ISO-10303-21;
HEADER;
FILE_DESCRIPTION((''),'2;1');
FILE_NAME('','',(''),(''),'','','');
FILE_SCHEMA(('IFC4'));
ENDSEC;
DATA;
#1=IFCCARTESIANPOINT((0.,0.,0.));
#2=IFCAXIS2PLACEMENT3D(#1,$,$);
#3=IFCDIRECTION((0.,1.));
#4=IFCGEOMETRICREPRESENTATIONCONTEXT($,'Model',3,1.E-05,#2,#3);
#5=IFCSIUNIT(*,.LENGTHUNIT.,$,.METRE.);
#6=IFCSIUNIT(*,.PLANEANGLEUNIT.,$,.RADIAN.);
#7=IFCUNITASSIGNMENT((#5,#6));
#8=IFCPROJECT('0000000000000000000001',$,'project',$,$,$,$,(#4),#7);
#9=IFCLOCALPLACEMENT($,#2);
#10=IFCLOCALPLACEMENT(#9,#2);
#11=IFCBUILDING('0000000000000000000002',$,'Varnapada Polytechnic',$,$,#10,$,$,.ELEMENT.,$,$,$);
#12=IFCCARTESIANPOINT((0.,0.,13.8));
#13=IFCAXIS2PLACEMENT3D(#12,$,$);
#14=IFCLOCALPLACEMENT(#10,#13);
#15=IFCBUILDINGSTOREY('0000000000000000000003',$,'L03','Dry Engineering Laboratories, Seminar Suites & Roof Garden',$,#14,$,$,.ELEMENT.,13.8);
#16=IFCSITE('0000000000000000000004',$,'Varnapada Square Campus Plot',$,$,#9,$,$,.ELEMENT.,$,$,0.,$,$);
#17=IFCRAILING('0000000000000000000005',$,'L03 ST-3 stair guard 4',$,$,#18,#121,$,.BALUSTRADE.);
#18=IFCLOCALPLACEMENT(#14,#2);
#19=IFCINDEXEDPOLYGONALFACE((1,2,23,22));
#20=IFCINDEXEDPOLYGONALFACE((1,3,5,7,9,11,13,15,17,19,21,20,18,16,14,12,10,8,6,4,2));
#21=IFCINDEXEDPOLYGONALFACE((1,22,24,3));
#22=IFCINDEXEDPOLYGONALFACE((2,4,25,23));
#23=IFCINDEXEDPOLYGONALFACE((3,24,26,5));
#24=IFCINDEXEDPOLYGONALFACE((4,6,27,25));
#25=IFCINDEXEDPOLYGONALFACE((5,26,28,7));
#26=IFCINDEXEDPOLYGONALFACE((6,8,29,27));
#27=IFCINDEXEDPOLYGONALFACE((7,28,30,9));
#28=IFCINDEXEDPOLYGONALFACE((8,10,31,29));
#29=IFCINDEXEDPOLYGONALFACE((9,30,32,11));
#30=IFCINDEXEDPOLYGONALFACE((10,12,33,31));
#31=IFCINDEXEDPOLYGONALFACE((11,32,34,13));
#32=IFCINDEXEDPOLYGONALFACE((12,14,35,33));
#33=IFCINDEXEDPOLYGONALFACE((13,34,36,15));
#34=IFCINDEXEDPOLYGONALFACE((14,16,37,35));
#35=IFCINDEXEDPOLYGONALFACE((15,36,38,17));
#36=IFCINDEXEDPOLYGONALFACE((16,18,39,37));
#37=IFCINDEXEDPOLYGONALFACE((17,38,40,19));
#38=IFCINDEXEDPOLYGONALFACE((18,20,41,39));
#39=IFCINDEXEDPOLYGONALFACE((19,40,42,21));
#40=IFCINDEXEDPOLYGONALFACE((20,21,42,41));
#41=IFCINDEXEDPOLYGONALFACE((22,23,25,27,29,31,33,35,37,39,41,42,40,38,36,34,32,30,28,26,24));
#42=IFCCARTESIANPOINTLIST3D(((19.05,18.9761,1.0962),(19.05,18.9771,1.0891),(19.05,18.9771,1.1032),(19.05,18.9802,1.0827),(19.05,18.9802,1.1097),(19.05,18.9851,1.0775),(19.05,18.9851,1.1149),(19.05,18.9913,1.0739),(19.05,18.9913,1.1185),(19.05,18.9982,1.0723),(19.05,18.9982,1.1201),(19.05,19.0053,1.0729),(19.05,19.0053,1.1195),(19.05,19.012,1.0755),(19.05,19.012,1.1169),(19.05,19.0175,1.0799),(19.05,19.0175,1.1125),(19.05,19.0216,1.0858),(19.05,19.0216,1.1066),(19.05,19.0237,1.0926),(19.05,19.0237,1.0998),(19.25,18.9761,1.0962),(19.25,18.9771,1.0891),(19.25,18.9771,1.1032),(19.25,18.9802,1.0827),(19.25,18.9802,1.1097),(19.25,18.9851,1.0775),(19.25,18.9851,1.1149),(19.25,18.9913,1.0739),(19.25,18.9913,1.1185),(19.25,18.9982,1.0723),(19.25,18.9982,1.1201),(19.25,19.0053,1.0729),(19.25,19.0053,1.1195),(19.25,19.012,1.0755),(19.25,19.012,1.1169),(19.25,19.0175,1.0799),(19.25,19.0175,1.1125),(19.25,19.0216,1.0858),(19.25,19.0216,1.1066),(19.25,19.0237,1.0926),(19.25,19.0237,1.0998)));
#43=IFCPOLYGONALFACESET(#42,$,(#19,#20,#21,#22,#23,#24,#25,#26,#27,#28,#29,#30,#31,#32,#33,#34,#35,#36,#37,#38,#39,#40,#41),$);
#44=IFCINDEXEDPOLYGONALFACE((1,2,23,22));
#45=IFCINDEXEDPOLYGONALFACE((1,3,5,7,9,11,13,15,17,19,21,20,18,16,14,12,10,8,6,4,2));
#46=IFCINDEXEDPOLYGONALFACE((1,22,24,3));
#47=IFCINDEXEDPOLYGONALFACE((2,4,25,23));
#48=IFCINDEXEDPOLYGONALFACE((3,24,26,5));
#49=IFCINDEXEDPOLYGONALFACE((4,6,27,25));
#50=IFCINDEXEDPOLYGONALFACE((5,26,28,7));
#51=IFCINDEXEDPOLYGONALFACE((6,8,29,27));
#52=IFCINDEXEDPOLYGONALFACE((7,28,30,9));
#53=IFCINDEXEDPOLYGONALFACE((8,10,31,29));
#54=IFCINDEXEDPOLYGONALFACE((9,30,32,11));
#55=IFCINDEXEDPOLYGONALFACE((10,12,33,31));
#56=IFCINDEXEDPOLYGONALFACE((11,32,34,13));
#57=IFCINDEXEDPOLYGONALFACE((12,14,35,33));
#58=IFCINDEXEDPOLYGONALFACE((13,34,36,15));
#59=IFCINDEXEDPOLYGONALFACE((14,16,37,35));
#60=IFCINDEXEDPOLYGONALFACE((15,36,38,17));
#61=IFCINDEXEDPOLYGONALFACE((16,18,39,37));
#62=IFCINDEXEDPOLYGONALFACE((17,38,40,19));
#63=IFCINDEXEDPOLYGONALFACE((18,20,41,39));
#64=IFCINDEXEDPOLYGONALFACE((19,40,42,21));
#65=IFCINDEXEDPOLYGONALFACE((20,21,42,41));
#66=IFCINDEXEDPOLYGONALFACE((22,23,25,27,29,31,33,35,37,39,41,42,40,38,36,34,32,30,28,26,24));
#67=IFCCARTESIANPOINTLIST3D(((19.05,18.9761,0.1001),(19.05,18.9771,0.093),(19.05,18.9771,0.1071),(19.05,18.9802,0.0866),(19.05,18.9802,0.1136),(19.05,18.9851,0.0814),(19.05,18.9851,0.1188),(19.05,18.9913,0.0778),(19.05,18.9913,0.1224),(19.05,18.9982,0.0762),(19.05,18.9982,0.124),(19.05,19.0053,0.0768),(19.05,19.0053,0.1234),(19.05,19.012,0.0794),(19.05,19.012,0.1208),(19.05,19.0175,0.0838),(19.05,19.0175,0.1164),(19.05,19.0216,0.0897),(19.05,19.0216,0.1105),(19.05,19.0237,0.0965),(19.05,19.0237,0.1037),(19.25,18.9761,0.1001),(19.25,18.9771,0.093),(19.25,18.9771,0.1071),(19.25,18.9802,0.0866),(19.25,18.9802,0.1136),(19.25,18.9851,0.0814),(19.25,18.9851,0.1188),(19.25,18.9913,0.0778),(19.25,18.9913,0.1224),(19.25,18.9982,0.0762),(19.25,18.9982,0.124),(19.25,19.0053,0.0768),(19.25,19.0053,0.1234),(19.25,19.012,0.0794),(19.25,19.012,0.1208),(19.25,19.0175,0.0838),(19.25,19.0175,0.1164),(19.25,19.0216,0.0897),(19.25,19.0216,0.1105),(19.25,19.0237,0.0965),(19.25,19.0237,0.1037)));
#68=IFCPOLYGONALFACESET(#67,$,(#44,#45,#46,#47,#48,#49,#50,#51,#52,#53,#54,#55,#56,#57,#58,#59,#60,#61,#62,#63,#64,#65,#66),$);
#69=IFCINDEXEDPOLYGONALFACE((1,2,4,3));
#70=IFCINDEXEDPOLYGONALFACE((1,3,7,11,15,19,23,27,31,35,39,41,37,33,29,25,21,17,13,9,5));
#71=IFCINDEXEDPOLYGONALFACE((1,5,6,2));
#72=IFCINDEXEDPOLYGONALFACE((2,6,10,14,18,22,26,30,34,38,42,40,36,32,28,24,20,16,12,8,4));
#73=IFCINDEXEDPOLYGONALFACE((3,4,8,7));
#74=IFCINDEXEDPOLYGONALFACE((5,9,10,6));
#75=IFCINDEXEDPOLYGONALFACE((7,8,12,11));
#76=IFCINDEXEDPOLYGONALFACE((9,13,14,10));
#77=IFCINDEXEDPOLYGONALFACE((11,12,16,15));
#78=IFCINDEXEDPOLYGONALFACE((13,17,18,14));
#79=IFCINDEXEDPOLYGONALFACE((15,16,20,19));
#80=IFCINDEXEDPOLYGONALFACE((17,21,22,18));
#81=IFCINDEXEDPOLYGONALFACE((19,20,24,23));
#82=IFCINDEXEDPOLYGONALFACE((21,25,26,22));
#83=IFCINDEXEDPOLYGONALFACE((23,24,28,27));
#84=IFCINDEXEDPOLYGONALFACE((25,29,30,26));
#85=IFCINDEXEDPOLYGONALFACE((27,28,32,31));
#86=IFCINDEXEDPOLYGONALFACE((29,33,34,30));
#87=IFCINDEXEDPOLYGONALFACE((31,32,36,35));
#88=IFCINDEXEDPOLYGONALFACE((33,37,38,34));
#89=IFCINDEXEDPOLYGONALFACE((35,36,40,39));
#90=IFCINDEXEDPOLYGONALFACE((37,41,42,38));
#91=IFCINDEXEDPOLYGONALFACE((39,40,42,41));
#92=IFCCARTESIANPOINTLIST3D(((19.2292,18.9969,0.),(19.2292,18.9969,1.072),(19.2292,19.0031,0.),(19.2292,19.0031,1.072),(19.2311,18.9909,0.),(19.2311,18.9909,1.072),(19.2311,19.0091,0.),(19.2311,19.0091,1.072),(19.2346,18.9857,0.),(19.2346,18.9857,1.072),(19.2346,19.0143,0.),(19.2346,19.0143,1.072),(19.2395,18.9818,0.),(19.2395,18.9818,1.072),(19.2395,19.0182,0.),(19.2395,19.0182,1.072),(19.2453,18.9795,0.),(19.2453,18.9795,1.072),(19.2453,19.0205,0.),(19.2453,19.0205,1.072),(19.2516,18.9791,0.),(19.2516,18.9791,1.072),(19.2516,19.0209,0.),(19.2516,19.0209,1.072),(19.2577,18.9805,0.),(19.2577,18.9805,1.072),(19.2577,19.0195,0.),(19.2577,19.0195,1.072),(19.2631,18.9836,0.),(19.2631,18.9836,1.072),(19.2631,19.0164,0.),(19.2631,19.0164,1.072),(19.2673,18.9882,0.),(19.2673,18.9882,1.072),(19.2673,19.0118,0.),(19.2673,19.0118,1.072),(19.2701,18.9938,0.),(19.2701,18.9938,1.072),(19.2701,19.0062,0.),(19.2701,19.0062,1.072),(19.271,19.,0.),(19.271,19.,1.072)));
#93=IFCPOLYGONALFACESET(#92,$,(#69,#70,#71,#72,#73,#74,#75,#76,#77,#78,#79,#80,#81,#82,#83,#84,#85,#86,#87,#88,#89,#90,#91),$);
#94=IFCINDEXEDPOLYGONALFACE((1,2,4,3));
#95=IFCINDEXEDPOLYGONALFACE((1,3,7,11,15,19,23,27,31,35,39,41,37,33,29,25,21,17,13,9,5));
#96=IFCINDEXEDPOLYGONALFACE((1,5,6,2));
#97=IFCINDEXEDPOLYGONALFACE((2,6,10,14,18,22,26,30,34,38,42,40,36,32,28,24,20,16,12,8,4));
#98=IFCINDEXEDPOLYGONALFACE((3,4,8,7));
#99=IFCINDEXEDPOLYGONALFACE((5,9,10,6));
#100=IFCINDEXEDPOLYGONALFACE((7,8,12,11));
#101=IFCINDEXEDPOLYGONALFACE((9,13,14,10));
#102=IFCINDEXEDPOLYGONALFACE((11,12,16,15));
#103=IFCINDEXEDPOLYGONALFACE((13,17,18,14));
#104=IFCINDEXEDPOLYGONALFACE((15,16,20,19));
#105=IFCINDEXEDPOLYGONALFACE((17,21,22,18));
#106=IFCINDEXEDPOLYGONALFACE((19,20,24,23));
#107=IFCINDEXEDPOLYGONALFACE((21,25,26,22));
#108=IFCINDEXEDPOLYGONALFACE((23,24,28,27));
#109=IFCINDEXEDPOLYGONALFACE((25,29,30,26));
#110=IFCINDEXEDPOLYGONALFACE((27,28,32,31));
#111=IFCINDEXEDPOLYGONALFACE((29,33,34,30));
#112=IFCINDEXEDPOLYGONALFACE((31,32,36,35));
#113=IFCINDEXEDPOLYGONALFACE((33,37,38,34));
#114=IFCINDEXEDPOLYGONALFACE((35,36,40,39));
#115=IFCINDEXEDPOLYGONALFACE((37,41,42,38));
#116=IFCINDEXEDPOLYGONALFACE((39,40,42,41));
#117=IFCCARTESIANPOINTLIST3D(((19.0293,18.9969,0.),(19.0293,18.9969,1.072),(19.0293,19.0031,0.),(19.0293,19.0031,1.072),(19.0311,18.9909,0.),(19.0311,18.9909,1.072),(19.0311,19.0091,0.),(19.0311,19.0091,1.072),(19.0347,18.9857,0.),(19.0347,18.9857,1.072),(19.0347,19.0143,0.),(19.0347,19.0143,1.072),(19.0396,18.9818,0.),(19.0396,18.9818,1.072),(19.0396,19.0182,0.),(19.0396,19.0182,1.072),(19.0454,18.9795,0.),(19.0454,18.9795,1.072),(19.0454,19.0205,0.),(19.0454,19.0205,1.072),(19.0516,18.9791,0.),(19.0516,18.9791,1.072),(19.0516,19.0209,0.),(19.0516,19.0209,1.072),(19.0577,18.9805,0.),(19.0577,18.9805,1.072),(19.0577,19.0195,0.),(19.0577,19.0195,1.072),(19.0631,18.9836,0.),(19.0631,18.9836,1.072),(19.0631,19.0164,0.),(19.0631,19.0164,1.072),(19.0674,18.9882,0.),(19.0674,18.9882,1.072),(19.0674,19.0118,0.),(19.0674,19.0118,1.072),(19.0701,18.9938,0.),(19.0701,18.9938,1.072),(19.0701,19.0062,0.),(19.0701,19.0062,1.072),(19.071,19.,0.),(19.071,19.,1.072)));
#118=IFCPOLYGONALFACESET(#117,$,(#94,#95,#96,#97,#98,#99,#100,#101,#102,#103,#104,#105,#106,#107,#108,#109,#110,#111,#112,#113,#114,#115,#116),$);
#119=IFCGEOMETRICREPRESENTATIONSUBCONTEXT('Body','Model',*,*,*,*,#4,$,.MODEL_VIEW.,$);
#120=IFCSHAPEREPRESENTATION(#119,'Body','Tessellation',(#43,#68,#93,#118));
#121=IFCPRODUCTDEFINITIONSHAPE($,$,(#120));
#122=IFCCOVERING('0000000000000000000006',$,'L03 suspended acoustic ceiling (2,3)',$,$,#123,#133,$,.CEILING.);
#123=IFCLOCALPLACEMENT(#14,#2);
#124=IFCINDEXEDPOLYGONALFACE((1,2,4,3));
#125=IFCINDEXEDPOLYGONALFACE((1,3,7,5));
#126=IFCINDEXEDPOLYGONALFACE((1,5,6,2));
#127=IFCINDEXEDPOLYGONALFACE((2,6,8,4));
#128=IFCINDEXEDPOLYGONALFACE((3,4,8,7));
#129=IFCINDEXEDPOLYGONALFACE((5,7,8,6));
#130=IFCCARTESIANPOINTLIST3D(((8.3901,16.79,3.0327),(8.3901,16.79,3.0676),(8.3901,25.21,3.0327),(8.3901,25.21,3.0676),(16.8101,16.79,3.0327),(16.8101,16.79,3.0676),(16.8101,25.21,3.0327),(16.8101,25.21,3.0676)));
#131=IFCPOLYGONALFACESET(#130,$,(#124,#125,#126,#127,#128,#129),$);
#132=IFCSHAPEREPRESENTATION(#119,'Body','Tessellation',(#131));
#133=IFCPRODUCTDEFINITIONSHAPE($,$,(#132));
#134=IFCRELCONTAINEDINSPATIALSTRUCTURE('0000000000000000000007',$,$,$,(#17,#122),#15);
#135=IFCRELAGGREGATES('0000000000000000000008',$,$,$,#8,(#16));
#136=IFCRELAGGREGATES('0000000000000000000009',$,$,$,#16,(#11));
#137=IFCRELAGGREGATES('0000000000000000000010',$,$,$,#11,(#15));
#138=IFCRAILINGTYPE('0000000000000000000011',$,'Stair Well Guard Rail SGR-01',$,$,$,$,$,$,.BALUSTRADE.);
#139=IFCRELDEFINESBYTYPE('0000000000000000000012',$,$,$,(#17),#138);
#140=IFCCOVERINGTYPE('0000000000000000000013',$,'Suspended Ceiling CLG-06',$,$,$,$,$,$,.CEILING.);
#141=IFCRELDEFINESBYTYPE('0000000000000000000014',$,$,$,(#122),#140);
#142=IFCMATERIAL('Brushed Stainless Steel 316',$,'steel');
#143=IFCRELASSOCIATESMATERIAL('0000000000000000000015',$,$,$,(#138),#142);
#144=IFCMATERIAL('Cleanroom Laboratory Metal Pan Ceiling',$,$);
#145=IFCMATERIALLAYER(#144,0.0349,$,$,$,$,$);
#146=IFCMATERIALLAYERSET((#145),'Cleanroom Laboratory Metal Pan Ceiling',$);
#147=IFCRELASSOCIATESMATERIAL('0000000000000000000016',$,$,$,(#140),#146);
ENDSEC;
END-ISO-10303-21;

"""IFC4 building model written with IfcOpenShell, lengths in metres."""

from ifc_helpers import new_model, si_unit, direction, frame, origin, origin_2d, place, context, subcontext, project, spatial, rectangle, circle, extrude, material, layer, layer_set, type_object, element, save


model = new_model("IFC4")

# Units and contexts
model_context = context("Model", 3, precision=1e-05, world=origin(), true_north=direction((0.0, 1.0)))
body_context = subcontext(model_context, "Body", "Model", "MODEL_VIEW")
ifc_project = project(units=[si_unit("LENGTHUNIT", "METRE"), si_unit("PLANEANGLEUNIT", "RADIAN")], contexts=[model_context])

# Site, building, storey
site_placement = place(None, origin())
site = spatial("IfcSite", under=ifc_project, at=site_placement, Name="Varnapada Square Campus Plot", CompositionType="ELEMENT", RefElevation=0.0)
building_placement = place(site_placement, origin())
building = spatial("IfcBuilding", under=site, at=building_placement, Name="Varnapada Polytechnic", CompositionType="ELEMENT")
storey_placement = place(building_placement, frame((0.0, 0.0, 13.8)))
storey = spatial("IfcBuildingStorey", under=building, at=storey_placement, Name="L03", Description="Dry Engineering Laboratories, Seminar Suites & Roof Garden", CompositionType="ELEMENT", Elevation=13.8)

# Shared definitions
ifc_material_1 = material(Name="Brushed Stainless Steel 316", Category="steel")

# Railing
railing_type_1 = type_object("IfcRailingType", Name="Stair Well Guard Rail SGR-01", PredefinedType="BALUSTRADE", material=ifc_material_1)
railing_1_placement = place(storey_placement, frame((19.25, 19.0, 0.0)))
element("IfcRailing", 1, at=railing_1_placement, inside=storey, type_object=railing_type_1, Name="L03 ST-3 stair guard 4", PredefinedType="BALUSTRADE", context=body_context, shape_type="SweptSolid", body=[
    extrude(circle(Radius=0.0239, at=origin_2d()), frame((0.0, 0.0, 1.0962), z_axis=(-1.0, 0.0, 0.0), x_axis=(0.0, -1.0, 0.0)), (0.0, 0.0, 1.0), 0.2),
    extrude(circle(Radius=0.0239, at=origin_2d()), frame((0.0, 0.0, 0.1001), z_axis=(-1.0, 0.0, 0.0), x_axis=(0.0, -1.0, 0.0)), (0.0, 0.0, 1.0), 0.2),
    extrude(circle(Radius=0.021, at=origin_2d()), origin(), (0.0, 0.0, 1.0), 1.072),
    extrude(circle(Radius=0.021, at=origin_2d()), frame((-0.2, 0.0, 0.0)), (0.0, 0.0, 1.0), 1.072),
])

# Covering
ifc_material_2 = material(Name="Cleanroom Laboratory Metal Pan Ceiling")
ifc_layer_1 = layer(ifc_material_2, 0.0349)
ifc_layer_set_1 = layer_set([ifc_layer_1], Name="Cleanroom Laboratory Metal Pan Ceiling")
covering_type = type_object("IfcCoveringType", Name="Suspended Ceiling CLG-06", PredefinedType="CEILING", material=ifc_layer_set_1)
covering_placement = place(storey_placement, frame((12.6001, 21.0, 3.0327), z_axis=(0.0, 0.0, 1.0), x_axis=(1.0, 0.0, 0.0)))
element("IfcCovering", 2, at=covering_placement, inside=storey, type_object=covering_type, Name="L03 suspended acoustic ceiling (2,3)", PredefinedType="CEILING", context=body_context, shape_type="SweptSolid", body=[
    extrude(rectangle(XDim=8.4199, YDim=8.4199, at=origin_2d()), origin(), (0.0, 0.0, 1.0), 0.0349),
])

save(model, "model.ifc")
